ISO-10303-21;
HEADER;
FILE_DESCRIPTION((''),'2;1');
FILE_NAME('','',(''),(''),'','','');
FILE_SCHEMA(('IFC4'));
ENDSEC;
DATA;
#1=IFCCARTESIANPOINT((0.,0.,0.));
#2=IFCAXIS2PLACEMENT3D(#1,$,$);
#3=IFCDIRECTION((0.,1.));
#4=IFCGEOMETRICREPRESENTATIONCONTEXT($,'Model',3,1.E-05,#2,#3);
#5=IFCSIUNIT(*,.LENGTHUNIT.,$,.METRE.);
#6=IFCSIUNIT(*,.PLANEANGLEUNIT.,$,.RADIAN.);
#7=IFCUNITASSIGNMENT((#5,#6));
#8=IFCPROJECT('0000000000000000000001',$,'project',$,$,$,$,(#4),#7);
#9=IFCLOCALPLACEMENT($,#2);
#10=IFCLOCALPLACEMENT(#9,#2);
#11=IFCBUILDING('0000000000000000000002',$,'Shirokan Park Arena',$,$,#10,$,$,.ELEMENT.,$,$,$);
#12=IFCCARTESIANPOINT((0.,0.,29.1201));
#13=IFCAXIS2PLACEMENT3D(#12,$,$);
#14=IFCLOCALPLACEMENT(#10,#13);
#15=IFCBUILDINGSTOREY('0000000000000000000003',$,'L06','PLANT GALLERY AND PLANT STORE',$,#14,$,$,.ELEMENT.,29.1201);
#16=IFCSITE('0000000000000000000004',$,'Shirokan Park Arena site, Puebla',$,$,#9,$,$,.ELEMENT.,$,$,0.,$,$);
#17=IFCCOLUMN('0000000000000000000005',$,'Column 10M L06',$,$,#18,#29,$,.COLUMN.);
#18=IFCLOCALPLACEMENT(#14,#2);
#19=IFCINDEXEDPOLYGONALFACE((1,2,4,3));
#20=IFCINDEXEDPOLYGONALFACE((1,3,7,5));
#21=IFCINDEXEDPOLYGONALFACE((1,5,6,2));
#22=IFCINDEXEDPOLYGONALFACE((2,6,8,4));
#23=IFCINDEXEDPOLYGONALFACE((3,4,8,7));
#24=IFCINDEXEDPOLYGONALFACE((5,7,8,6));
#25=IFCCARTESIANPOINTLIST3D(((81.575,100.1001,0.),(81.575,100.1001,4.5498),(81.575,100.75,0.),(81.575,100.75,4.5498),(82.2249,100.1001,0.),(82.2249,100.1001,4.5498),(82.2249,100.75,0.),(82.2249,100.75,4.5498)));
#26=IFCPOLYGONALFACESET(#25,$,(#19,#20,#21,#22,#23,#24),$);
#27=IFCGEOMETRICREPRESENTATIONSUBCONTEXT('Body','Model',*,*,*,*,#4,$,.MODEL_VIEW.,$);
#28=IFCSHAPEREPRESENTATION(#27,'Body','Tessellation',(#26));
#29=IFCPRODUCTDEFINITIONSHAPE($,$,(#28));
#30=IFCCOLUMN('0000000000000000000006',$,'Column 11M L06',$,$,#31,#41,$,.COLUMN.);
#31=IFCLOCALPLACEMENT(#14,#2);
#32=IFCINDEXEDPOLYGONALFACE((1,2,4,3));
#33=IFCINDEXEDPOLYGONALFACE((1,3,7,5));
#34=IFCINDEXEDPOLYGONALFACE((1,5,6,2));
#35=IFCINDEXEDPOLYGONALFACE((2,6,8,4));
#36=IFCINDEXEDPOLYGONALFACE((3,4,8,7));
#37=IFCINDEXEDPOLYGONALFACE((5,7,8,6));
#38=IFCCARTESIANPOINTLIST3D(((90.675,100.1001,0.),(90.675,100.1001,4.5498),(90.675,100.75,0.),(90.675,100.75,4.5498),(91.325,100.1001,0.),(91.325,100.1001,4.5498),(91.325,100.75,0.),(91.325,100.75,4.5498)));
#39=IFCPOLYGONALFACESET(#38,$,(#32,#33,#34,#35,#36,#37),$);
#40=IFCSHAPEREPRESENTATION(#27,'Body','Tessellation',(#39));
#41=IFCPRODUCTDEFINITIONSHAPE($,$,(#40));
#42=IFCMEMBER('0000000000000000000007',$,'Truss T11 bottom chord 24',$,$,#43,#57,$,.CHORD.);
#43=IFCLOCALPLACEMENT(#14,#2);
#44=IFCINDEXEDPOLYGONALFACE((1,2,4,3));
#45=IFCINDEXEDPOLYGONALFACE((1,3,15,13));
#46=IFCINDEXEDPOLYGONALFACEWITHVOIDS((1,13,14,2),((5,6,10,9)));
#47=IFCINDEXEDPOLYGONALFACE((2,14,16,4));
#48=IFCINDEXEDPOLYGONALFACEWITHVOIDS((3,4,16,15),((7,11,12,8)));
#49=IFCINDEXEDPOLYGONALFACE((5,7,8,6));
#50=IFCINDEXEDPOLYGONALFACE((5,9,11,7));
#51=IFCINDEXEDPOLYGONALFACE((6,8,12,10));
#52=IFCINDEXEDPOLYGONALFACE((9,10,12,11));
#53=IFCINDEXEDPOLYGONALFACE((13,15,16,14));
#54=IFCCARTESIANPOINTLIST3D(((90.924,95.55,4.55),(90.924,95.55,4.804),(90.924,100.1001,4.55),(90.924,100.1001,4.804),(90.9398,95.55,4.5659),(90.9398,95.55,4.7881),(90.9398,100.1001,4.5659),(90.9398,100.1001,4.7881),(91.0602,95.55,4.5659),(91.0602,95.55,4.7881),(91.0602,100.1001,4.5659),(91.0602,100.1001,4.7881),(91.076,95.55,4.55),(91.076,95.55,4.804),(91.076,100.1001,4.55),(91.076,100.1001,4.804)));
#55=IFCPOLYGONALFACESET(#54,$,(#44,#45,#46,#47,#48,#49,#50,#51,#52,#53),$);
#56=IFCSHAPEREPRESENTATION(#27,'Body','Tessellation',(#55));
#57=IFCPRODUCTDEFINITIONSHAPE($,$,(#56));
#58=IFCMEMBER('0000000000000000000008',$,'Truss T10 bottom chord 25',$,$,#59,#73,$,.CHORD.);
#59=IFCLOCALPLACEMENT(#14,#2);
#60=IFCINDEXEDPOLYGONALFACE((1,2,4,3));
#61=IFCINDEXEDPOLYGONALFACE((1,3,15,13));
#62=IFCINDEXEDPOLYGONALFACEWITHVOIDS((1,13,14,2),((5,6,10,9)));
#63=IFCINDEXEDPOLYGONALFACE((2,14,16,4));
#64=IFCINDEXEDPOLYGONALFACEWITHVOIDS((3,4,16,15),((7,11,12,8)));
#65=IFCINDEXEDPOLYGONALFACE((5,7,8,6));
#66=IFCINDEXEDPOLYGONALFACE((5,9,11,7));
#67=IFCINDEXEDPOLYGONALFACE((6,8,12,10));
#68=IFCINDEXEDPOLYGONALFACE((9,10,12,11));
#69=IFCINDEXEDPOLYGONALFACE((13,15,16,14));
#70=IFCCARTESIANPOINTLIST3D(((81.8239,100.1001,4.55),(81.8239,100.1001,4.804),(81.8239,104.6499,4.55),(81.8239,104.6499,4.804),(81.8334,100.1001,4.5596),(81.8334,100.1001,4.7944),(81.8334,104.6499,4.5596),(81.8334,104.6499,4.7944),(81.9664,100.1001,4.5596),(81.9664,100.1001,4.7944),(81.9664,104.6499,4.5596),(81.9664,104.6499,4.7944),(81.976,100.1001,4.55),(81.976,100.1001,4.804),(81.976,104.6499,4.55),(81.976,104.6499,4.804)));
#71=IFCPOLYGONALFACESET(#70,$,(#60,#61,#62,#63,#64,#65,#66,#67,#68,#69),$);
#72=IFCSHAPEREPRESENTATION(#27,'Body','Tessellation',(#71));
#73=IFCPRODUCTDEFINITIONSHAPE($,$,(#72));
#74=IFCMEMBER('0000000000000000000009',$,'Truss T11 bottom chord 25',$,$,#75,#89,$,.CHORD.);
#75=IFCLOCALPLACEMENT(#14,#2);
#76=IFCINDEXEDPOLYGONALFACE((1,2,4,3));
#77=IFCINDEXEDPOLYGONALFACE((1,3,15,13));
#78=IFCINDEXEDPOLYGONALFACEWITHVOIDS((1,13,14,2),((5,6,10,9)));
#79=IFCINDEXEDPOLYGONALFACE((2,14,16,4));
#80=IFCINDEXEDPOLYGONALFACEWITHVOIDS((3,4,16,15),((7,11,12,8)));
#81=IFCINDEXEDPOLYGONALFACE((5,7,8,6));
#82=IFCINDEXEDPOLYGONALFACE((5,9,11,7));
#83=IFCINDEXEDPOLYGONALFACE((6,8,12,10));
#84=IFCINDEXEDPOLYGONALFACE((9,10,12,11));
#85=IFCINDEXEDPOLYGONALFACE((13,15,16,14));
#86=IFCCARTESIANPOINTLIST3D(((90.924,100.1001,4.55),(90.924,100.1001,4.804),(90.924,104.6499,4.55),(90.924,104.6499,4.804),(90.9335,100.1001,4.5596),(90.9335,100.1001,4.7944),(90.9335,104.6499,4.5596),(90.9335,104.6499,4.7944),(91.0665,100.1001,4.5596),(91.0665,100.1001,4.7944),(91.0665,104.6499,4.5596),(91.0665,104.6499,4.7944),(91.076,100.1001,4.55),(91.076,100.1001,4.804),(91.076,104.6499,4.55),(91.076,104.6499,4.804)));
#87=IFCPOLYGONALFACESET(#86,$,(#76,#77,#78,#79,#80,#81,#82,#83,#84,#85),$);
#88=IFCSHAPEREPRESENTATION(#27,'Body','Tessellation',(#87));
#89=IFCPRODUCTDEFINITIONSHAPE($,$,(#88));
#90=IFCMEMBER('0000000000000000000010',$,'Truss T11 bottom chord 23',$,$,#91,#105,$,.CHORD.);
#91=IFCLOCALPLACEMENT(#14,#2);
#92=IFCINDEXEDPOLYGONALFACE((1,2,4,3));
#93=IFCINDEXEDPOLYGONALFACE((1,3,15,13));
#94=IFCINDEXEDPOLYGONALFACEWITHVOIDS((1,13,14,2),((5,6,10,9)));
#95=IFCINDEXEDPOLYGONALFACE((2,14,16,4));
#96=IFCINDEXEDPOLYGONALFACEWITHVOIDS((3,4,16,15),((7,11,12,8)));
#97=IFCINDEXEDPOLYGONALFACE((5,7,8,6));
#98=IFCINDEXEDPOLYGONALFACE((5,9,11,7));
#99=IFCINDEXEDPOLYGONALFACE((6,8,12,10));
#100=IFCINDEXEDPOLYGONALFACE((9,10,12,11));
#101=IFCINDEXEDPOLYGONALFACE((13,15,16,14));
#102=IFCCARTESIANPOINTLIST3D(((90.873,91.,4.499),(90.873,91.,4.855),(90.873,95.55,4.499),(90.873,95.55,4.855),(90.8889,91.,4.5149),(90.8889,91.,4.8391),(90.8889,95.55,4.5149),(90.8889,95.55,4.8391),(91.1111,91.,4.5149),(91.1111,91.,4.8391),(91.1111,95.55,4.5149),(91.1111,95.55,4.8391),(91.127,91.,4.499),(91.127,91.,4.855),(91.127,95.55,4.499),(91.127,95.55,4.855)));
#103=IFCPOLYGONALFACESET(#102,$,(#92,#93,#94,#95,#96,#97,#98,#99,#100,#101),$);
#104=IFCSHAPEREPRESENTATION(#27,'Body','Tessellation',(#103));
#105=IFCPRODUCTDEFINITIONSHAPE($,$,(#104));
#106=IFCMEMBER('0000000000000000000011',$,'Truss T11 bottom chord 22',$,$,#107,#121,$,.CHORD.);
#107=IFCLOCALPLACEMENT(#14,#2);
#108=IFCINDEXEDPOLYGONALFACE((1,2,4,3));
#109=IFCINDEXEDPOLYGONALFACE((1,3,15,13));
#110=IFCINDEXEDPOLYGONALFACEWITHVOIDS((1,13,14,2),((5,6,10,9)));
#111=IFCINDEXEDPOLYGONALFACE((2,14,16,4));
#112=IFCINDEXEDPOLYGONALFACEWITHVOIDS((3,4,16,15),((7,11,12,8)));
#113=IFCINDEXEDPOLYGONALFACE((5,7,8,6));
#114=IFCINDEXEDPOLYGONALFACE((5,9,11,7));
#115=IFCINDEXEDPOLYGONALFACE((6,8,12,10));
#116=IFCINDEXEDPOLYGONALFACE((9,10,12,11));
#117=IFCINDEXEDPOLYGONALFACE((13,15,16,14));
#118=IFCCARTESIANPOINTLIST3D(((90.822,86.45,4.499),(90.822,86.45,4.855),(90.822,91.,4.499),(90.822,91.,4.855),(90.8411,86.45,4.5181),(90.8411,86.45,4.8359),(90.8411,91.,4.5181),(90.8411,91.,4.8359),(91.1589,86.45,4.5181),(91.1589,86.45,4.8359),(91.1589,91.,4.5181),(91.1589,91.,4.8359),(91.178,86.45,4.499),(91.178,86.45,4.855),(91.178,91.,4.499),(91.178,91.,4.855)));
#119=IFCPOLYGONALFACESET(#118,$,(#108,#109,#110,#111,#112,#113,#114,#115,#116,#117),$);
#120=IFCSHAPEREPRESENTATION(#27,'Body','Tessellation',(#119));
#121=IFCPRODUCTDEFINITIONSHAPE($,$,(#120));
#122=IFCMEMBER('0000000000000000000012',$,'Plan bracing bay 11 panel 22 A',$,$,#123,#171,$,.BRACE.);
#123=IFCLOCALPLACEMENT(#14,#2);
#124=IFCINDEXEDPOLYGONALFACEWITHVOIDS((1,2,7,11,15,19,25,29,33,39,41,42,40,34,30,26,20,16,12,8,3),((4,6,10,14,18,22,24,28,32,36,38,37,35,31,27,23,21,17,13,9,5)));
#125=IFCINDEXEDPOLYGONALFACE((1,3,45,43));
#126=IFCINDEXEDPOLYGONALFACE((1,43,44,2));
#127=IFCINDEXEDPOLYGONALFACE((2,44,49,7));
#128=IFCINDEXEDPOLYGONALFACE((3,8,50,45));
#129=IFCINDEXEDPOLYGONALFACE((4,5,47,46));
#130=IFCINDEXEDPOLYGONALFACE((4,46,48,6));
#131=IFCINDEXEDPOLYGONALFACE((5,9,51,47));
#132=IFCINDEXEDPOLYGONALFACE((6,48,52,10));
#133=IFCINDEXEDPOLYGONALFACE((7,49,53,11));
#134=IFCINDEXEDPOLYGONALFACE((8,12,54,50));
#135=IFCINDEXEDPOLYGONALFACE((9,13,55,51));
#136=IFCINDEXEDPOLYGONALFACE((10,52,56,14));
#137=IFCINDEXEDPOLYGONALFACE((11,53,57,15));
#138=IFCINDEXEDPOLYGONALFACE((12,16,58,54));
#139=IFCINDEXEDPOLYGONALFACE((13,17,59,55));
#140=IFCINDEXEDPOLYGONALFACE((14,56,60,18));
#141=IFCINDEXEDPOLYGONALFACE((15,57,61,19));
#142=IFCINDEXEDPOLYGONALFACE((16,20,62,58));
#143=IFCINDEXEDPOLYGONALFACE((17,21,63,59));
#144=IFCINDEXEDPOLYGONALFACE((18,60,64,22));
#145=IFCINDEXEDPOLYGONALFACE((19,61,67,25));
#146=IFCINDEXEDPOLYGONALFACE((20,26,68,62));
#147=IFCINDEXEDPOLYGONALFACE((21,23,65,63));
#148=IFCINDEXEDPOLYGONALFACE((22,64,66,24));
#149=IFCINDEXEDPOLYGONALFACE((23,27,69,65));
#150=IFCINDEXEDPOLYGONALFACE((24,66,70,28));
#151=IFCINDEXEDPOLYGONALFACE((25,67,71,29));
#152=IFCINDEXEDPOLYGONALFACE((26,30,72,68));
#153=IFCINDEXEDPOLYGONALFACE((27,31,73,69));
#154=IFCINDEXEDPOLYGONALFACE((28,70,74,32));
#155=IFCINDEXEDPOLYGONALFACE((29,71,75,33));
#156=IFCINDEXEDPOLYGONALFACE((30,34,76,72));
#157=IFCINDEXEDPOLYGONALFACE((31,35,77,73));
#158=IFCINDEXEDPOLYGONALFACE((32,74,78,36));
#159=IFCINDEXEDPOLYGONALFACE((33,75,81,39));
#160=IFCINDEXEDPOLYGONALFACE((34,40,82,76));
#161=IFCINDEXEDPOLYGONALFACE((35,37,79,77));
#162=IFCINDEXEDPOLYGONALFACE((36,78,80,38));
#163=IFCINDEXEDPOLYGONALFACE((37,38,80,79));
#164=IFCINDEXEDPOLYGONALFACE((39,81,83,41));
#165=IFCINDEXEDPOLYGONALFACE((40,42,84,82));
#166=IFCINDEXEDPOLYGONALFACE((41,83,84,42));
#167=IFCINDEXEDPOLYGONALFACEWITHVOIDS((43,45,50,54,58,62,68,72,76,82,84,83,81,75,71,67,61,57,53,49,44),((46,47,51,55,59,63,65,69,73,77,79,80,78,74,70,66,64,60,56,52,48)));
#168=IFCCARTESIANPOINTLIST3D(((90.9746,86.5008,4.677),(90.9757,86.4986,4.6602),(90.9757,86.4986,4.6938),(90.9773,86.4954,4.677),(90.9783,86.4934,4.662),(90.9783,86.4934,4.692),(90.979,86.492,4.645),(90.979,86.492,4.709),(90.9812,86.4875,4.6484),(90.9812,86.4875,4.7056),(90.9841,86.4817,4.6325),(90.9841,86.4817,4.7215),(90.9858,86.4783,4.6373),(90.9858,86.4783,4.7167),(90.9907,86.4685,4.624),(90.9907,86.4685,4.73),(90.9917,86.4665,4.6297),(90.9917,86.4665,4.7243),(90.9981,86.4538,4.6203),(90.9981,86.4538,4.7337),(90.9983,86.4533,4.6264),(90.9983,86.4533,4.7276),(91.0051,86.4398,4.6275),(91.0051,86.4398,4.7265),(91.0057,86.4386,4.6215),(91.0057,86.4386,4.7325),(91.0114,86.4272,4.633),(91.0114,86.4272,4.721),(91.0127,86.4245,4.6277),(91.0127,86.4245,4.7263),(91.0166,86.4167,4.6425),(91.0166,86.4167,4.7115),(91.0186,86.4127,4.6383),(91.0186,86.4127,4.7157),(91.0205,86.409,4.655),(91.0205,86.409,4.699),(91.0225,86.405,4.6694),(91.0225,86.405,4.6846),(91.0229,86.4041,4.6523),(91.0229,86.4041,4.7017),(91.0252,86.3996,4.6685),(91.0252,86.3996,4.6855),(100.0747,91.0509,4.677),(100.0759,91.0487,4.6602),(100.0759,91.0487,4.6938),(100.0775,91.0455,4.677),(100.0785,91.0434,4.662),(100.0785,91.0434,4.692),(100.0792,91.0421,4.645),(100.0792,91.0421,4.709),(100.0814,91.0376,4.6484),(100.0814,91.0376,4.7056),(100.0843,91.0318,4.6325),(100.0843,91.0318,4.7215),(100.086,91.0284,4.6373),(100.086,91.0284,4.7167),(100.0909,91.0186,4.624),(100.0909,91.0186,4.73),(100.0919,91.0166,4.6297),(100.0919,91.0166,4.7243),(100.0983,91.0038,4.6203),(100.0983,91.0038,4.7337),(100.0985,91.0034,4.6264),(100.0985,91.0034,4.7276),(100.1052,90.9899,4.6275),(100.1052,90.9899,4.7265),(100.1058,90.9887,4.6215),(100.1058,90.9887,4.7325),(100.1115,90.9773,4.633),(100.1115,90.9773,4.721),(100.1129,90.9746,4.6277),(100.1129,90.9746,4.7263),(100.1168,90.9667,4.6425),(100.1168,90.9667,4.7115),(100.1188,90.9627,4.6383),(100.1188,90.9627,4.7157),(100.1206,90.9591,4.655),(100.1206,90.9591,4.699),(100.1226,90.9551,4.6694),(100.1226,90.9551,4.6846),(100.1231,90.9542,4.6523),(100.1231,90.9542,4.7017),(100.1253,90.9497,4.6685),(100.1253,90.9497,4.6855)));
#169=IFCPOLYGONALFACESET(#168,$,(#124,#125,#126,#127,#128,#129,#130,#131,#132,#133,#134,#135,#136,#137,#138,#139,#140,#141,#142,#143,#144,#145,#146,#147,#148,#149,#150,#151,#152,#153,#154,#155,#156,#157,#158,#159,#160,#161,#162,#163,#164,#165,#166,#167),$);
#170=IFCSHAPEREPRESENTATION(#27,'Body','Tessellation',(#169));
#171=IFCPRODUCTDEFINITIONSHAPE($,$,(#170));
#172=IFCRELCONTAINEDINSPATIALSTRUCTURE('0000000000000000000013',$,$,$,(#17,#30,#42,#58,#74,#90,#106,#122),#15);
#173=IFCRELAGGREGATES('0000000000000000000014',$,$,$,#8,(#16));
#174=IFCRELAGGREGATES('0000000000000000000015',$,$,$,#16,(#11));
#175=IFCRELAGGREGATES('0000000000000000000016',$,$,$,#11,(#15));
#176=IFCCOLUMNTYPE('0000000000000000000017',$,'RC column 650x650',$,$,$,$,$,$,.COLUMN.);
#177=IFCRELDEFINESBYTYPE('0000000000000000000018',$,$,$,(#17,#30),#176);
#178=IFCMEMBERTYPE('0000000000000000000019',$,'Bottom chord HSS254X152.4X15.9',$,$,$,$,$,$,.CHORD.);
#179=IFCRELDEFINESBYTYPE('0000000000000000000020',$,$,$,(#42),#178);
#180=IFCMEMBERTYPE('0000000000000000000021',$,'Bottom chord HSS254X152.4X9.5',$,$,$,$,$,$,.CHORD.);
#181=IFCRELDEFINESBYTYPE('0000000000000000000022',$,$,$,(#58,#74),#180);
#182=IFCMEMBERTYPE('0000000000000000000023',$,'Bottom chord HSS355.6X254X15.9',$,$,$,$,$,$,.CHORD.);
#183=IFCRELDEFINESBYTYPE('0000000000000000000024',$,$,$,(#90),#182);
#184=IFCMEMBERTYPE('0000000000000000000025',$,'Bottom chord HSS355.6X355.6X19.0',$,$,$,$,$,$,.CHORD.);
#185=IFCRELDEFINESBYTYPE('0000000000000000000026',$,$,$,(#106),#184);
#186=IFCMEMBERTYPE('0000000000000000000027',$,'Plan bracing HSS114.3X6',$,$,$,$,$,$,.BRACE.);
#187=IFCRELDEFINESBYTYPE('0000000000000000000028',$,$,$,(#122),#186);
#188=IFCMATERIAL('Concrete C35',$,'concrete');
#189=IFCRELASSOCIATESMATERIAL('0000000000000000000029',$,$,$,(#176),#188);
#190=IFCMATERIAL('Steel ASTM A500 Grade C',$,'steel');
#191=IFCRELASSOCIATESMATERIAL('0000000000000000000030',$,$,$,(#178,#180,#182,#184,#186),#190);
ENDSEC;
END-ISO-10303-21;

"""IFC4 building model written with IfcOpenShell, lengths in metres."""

from ifc_helpers import new_model, si_unit, direction, frame, origin, origin_2d, place, context, subcontext, project, spatial, rectangle, hollow_rectangle, hollow_circle, extrude, material, material_profile, profile_set, type_object, element, save


model = new_model("IFC4")

# Units and contexts
model_context = context("Model", 3, precision=1e-05, world=origin(), true_north=direction((0.0, 1.0)))
body_context = subcontext(model_context, "Body", "Model", "MODEL_VIEW")
ifc_project = project(units=[si_unit("LENGTHUNIT", "METRE"), si_unit("PLANEANGLEUNIT", "RADIAN")], contexts=[model_context])

# Site, building, storey
site_placement = place(None, origin())
site = spatial("IfcSite", under=ifc_project, at=site_placement, Name="Shirokan Park Arena site, Puebla", CompositionType="ELEMENT", RefElevation=0.0)
building_placement = place(site_placement, origin())
building = spatial("IfcBuilding", under=site, at=building_placement, Name="Shirokan Park Arena", CompositionType="ELEMENT")
storey_placement = place(building_placement, frame((0.0, 0.0, 29.1201)))
storey = spatial("IfcBuildingStorey", under=building, at=storey_placement, Name="L06", Description="PLANT GALLERY AND PLANT STORE", CompositionType="ELEMENT", Elevation=29.1201)

# Columns
ifc_material_1 = material(Name="Concrete C35", Category="concrete")
ifc_material_profile_1 = material_profile(ifc_material_1, rectangle(XDim=0.6499, YDim=0.6499, at=origin_2d()), Name="650x650")
ifc_profile_set_1 = profile_set([ifc_material_profile_1], Name="Concrete C35")
column_type = type_object("IfcColumnType", Name="RC column 650x650", PredefinedType="COLUMN", material=ifc_profile_set_1)
for number, where, z_axis, x_axis, name in (
    (1, (81.8999, 100.425, 0.0), (0.0, 0.0, 1.0), (1.0, 0.0, 0.0), "Column 10M L06"),
    (2, (91.0, 100.425, 0.0), (0.0, 0.0, 1.0), (1.0, 0.0, 0.0), "Column 11M L06"),
):
    element("IfcColumn", number, at=place(storey_placement, frame(where, z_axis=z_axis, x_axis=x_axis)), inside=storey, type_object=column_type, Name=name, PredefinedType="COLUMN", context=body_context, shape_type="SweptSolid", body=[
        extrude(rectangle(XDim=0.6499, YDim=0.6499, at=origin_2d()), origin(), (0.0, 0.0, 1.0), 4.5498),
    ])

# Members
ifc_material_2 = material(Name="Steel ASTM A500 Grade C", Category="steel")
ifc_material_profile_2 = material_profile(ifc_material_2, hollow_rectangle(XDim=0.1521, YDim=0.2539, WallThickness=0.0159, at=origin_2d()), Name="HSS254X152.4X15.9")
ifc_profile_set_2 = profile_set([ifc_material_profile_2], Name="Steel ASTM A500 Grade C")
member_type_1 = type_object("IfcMemberType", Name="Bottom chord HSS254X152.4X15.9", PredefinedType="CHORD", material=ifc_profile_set_2)
member_1_placement = place(storey_placement, frame((91.0, 95.55, 4.677), z_axis=(0.0, 1.0, 0.0), x_axis=(-1.0, 0.0, 0.0)))
element("IfcMember", 3, at=member_1_placement, inside=storey, type_object=member_type_1, Name="Truss T11 bottom chord 24", PredefinedType="CHORD", context=body_context, shape_type="SweptSolid", body=[
    extrude(hollow_rectangle(XDim=0.1521, YDim=0.2539, WallThickness=0.0159, at=origin_2d()), origin(), (0.0, 0.0, 1.0), 4.55),
])
ifc_material_profile_3 = material_profile(ifc_material_2, hollow_rectangle(XDim=0.1521, YDim=0.2539, WallThickness=0.0095, at=origin_2d()), Name="HSS254X152.4X9.5")
ifc_profile_set_3 = profile_set([ifc_material_profile_3], Name="Steel ASTM A500 Grade C")
member_type_2 = type_object("IfcMemberType", Name="Bottom chord HSS254X152.4X9.5", PredefinedType="CHORD", material=ifc_profile_set_3)
for number, where, z_axis, x_axis, name in (
    (4, (81.8999, 100.1001, 4.677), (0.0, 1.0, 0.0), (-1.0, 0.0, 0.0), "Truss T10 bottom chord 25"),
    (5, (91.0, 100.1001, 4.677), (0.0, 1.0, 0.0), (-1.0, 0.0, 0.0), "Truss T11 bottom chord 25"),
):
    element("IfcMember", number, at=place(storey_placement, frame(where, z_axis=z_axis, x_axis=x_axis)), inside=storey, type_object=member_type_2, Name=name, PredefinedType="CHORD", context=body_context, shape_type="SweptSolid", body=[
        extrude(hollow_rectangle(XDim=0.1521, YDim=0.2539, WallThickness=0.0095, at=origin_2d()), origin(), (0.0, 0.0, 1.0), 4.5498),
    ])
ifc_material_profile_4 = material_profile(ifc_material_2, hollow_rectangle(XDim=0.2539, YDim=0.356, WallThickness=0.0159, at=origin_2d()), Name="HSS355.6X254X15.9")
ifc_profile_set_4 = profile_set([ifc_material_profile_4], Name="Steel ASTM A500 Grade C")
member_type_3 = type_object("IfcMemberType", Name="Bottom chord HSS355.6X254X15.9", PredefinedType="CHORD", material=ifc_profile_set_4)
member_2_placement = place(storey_placement, frame((91.0, 91.0, 4.677), z_axis=(0.0, 1.0, 0.0), x_axis=(-1.0, 0.0, 0.0)))
element("IfcMember", 6, at=member_2_placement, inside=storey, type_object=member_type_3, Name="Truss T11 bottom chord 23", PredefinedType="CHORD", context=body_context, shape_type="SweptSolid", body=[
    extrude(hollow_rectangle(XDim=0.2539, YDim=0.356, WallThickness=0.0159, at=origin_2d()), origin(), (0.0, 0.0, 1.0), 4.55),
])
ifc_material_profile_5 = material_profile(ifc_material_2, hollow_rectangle(XDim=0.356, YDim=0.356, WallThickness=0.019, at=origin_2d()), Name="HSS355.6X355.6X19.0")
ifc_profile_set_5 = profile_set([ifc_material_profile_5], Name="Steel ASTM A500 Grade C")
member_type_4 = type_object("IfcMemberType", Name="Bottom chord HSS355.6X355.6X19.0", PredefinedType="CHORD", material=ifc_profile_set_5)
member_3_placement = place(storey_placement, frame((91.0, 86.45, 4.677), z_axis=(0.0, 1.0, 0.0), x_axis=(-1.0, 0.0, 0.0)))
element("IfcMember", 7, at=member_3_placement, inside=storey, type_object=member_type_4, Name="Truss T11 bottom chord 22", PredefinedType="CHORD", context=body_context, shape_type="SweptSolid", body=[
    extrude(hollow_rectangle(XDim=0.356, YDim=0.356, WallThickness=0.019, at=origin_2d()), origin(), (0.0, 0.0, 1.0), 4.55),
])
ifc_material_profile_6 = material_profile(ifc_material_2, hollow_circle(Radius=0.0569, WallThickness=0.0061, at=origin_2d()), Name="HSS114.3X6")
ifc_profile_set_6 = profile_set([ifc_material_profile_6], Name="Steel ASTM A500 Grade C")
member_type_5 = type_object("IfcMemberType", Name="Plan bracing HSS114.3X6", PredefinedType="BRACE", material=ifc_profile_set_6)
for number, where, z_axis, x_axis, name in (
    (8, (91.0, 86.45, 4.677), (0.894427, 0.447214, 0.0), (-0.447214, 0.894427, 0.0), "Plan bracing bay 11 panel 22 A"),
):
    element("IfcMember", number, at=place(storey_placement, frame(where, z_axis=z_axis, x_axis=x_axis)), inside=storey, type_object=member_type_5, Name=name, PredefinedType="BRACE", context=body_context, shape_type="SweptSolid", body=[
        extrude(hollow_circle(Radius=0.0569, WallThickness=0.0061, at=origin_2d()), origin(), (0.0, 0.0, 1.0), 10.1743),
    ])

save(model, "model.ifc")
